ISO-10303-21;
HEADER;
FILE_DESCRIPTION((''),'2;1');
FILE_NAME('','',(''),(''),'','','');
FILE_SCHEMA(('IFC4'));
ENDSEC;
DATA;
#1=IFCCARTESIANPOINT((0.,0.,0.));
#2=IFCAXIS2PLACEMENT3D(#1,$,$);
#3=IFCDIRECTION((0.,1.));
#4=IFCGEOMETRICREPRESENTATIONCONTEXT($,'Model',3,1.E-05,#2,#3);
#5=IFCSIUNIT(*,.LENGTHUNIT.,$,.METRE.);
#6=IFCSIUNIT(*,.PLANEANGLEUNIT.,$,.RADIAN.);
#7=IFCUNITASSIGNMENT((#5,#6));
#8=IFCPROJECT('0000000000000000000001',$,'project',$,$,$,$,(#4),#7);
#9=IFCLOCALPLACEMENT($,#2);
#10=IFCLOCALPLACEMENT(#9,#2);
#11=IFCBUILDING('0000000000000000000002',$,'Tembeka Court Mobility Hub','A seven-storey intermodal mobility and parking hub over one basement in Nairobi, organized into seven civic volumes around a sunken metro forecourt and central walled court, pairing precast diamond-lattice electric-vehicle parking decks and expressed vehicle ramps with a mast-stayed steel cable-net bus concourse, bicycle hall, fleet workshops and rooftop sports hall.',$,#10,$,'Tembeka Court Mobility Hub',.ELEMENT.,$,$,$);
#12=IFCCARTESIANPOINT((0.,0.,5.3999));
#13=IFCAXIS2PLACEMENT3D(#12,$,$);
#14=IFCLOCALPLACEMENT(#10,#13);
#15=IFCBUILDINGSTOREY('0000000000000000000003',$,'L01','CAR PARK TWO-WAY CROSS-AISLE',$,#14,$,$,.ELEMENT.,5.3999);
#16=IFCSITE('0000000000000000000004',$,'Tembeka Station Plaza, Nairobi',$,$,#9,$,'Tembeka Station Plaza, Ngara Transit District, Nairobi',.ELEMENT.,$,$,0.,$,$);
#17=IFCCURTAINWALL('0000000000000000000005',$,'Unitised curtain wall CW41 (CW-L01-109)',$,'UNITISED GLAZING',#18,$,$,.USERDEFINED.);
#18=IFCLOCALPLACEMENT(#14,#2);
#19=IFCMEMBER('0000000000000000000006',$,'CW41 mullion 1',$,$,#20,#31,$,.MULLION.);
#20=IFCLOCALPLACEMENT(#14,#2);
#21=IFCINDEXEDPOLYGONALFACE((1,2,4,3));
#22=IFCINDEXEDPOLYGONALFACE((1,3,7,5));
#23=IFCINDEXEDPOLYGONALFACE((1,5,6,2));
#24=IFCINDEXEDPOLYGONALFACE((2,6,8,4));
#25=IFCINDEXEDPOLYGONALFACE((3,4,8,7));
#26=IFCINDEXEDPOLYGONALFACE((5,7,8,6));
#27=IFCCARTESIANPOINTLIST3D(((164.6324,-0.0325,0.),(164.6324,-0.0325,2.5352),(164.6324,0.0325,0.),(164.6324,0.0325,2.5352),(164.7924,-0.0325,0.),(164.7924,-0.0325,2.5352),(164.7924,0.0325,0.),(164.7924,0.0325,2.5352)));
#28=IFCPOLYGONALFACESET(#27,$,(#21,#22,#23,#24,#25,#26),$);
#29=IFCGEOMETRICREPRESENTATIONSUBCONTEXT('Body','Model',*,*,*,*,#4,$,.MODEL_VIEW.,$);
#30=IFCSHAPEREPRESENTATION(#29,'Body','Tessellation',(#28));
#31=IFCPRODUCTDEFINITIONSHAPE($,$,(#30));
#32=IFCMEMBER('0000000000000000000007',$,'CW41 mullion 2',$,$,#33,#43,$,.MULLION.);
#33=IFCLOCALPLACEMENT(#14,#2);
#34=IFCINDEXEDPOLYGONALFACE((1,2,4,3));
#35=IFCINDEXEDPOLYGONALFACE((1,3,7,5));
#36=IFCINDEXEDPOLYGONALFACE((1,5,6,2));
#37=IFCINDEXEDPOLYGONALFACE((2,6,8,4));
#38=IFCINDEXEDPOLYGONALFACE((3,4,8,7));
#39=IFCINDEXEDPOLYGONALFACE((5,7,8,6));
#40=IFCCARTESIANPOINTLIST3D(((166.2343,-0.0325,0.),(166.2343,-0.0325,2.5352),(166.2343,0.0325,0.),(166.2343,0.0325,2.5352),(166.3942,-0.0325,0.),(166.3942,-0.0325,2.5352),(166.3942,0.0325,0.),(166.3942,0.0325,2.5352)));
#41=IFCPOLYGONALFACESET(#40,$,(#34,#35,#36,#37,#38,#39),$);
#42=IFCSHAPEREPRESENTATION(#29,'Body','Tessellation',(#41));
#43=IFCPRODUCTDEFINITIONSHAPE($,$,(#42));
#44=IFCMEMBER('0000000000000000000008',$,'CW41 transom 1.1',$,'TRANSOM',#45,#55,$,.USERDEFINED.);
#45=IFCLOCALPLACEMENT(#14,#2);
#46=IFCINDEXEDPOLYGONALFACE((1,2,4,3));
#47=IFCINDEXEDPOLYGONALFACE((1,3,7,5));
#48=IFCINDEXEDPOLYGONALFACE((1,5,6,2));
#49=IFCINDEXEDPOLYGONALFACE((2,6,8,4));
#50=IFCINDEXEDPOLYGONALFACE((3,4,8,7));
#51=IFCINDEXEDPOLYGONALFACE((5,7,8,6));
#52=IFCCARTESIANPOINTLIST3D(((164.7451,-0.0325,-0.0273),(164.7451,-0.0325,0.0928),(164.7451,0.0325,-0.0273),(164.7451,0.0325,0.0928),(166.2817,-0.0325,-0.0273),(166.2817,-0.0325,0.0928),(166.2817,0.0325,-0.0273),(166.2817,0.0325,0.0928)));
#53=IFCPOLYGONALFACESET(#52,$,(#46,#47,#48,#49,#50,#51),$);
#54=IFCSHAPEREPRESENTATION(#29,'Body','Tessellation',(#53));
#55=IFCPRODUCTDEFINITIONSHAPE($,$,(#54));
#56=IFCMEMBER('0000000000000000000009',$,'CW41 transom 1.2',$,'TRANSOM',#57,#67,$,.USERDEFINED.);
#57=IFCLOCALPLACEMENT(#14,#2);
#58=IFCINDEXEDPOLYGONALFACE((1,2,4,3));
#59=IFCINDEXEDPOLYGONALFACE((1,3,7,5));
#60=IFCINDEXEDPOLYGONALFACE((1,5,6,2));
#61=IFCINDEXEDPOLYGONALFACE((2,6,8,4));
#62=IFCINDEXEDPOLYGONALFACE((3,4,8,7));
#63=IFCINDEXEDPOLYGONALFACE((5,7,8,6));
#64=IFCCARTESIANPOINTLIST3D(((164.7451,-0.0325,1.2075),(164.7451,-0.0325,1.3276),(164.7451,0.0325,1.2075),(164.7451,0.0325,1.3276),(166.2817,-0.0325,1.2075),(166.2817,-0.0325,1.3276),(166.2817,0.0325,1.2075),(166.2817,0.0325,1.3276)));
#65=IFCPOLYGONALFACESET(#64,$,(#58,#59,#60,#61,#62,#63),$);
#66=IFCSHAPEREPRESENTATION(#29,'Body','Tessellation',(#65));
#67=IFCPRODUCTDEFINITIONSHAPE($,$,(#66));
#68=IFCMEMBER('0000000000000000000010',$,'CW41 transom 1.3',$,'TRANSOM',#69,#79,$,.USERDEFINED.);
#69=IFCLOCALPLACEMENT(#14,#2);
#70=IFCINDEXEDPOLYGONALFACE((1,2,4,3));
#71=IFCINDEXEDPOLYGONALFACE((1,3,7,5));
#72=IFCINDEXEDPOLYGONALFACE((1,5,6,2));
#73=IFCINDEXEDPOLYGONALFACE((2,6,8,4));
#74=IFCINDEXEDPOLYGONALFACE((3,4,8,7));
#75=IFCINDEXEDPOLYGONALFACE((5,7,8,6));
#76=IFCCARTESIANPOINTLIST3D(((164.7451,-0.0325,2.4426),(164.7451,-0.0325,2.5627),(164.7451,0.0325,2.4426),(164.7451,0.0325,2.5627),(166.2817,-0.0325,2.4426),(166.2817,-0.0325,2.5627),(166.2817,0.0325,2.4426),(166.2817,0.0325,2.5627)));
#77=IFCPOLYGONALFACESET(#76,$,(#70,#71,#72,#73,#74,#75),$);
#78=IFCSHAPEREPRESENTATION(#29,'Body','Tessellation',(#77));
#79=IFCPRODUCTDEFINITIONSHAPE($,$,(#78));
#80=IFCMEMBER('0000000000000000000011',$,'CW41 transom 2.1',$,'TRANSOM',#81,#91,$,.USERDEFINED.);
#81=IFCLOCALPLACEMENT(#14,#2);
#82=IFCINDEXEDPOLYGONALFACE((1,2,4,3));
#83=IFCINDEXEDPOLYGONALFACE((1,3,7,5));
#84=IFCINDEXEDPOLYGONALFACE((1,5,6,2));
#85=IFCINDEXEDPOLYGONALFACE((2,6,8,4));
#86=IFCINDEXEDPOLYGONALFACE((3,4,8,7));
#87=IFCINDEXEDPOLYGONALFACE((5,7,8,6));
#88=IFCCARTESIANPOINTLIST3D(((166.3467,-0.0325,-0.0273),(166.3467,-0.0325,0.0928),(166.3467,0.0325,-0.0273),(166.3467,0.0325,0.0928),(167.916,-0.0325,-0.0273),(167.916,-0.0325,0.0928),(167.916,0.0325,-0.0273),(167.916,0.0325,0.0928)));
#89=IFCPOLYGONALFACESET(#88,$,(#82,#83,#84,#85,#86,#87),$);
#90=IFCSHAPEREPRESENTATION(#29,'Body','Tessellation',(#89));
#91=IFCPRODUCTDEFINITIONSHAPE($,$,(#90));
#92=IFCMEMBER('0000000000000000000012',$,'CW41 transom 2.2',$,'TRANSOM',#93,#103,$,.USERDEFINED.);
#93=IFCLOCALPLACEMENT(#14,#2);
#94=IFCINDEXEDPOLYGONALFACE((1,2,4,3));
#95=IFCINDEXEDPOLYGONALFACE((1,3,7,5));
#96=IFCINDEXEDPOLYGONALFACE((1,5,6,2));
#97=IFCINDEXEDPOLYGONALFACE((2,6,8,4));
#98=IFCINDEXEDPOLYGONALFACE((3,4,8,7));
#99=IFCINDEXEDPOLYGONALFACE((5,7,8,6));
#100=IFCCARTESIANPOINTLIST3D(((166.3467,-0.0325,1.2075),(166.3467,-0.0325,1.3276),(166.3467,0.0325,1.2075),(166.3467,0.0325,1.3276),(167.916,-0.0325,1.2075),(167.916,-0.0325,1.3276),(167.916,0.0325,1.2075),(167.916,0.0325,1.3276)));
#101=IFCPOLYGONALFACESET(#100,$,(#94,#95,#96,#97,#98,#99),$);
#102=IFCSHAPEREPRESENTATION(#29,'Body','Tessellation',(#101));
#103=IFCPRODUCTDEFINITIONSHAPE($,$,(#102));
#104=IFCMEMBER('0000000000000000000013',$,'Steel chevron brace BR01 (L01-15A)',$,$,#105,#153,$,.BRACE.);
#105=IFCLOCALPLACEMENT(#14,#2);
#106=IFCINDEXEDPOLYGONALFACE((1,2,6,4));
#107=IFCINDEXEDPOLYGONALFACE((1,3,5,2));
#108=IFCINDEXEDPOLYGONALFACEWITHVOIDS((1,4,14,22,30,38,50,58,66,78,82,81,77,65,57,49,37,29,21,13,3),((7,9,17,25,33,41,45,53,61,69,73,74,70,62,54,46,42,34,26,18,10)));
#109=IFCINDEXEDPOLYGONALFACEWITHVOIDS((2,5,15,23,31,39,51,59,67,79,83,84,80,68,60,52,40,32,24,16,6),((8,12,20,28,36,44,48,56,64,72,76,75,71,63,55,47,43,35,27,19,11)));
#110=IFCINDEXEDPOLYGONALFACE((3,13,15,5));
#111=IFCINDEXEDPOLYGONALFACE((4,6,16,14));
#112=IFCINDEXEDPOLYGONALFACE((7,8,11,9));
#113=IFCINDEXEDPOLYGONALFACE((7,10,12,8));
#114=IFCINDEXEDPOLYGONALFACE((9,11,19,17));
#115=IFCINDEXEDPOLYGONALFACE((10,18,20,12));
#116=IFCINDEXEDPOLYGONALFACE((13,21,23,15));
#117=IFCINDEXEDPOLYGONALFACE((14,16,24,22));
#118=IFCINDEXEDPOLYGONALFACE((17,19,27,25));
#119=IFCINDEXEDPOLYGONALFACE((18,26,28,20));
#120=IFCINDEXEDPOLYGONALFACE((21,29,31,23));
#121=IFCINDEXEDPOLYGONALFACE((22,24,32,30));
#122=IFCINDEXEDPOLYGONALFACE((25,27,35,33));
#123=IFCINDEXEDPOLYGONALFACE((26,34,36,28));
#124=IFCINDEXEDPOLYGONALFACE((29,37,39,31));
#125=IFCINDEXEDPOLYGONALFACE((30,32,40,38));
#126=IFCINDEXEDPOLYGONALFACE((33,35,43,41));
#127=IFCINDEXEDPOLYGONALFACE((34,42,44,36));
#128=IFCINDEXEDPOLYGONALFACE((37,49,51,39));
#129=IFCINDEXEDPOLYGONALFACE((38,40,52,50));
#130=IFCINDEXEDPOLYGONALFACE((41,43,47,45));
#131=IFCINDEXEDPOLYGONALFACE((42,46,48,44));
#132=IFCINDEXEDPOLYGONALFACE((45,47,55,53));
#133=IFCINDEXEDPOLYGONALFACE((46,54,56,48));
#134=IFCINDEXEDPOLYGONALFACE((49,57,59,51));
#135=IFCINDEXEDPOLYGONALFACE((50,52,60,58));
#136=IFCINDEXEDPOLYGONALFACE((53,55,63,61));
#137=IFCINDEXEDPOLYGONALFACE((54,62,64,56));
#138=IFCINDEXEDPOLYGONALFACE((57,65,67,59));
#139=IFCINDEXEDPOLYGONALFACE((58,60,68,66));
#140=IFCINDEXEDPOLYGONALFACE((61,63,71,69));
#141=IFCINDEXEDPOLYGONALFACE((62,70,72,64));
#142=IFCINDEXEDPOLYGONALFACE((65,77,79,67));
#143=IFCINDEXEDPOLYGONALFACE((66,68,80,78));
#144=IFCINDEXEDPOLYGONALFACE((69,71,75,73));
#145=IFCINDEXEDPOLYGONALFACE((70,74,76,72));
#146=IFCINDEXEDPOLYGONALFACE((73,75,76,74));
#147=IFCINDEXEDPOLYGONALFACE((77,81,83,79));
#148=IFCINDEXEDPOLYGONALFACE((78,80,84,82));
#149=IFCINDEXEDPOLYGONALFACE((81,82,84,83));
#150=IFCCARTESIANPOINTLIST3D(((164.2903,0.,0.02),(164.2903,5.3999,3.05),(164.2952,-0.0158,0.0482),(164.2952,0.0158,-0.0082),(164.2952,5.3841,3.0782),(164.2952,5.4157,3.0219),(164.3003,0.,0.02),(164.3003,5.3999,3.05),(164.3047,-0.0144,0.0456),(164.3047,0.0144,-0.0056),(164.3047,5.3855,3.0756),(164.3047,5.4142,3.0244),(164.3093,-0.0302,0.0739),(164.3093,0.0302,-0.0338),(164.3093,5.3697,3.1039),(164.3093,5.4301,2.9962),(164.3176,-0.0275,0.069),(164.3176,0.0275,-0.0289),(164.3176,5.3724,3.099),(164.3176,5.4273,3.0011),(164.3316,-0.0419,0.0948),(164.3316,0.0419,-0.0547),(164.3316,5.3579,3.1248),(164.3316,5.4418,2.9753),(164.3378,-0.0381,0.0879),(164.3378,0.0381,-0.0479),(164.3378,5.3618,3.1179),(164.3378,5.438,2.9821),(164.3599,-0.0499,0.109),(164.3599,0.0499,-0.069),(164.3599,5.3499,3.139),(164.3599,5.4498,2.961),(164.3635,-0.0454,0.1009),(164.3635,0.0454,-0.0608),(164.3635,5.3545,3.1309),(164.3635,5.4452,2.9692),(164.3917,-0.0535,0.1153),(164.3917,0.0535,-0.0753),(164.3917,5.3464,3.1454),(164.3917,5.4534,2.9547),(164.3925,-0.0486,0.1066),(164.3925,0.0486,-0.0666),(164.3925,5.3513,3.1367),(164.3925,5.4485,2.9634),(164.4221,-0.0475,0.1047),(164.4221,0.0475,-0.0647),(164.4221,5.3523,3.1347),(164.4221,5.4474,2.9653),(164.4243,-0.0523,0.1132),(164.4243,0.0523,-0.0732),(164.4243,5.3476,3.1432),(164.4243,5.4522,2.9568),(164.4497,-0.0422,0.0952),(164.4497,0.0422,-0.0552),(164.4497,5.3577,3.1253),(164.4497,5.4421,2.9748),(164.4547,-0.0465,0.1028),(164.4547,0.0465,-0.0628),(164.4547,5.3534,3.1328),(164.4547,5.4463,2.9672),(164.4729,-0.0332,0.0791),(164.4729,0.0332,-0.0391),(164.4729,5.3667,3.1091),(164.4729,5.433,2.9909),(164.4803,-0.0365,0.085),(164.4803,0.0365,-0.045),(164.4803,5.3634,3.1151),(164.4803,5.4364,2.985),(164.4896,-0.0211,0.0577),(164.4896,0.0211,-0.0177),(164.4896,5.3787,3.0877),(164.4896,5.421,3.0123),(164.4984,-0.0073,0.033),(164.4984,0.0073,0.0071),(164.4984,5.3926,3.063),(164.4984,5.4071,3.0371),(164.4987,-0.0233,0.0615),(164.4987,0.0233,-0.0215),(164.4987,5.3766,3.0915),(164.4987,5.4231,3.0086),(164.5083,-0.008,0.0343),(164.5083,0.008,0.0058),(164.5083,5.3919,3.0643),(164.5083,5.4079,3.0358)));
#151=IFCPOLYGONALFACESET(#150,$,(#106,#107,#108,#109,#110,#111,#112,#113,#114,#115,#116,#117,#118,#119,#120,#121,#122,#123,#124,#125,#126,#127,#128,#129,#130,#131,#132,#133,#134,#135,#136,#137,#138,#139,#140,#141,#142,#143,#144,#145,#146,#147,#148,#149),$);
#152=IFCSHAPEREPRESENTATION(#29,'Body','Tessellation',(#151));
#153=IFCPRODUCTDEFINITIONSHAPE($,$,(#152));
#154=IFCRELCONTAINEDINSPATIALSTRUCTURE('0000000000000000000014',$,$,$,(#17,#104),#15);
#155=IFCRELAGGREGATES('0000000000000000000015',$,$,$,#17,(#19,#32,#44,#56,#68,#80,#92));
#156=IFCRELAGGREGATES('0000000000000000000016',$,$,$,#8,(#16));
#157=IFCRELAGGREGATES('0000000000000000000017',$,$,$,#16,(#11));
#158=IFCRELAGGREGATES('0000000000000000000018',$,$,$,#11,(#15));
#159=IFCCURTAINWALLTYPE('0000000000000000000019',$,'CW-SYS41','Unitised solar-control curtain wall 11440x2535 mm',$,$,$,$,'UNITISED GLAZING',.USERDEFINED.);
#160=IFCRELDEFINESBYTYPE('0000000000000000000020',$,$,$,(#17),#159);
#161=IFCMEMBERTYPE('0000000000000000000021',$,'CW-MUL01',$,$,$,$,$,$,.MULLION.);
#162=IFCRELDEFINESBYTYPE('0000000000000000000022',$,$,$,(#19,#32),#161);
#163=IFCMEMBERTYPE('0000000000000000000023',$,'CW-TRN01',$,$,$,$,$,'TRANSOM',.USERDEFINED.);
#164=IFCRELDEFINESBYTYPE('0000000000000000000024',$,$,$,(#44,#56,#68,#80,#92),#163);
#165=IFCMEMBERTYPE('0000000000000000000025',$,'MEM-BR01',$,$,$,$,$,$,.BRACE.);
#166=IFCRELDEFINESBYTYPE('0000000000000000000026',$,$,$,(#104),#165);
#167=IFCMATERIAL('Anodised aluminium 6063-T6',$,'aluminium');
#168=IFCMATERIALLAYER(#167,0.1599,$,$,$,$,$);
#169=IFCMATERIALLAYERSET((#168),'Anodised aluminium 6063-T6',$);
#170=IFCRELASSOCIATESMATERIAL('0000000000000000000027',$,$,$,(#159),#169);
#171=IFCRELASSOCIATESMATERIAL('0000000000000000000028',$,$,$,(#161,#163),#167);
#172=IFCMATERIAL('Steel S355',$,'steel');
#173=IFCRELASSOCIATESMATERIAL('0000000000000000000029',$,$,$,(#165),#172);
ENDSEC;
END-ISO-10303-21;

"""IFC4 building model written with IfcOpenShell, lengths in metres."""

from ifc_helpers import new_model, si_unit, direction, frame, origin, origin_2d, place, context, subcontext, project, spatial, rectangle, hollow_circle, extrude, material, layer, layer_set, material_profile, profile_set, type_object, element, aggregate, save


model = new_model("IFC4")

# Units and contexts
model_context = context("Model", 3, precision=1e-05, world=origin(), true_north=direction((0.0, 1.0)))
body_context = subcontext(model_context, "Body", "Model", "MODEL_VIEW")
ifc_project = project(units=[si_unit("LENGTHUNIT", "METRE"), si_unit("PLANEANGLEUNIT", "RADIAN")], contexts=[model_context])

# Site, building, storey
site_placement = place(None, origin())
site = spatial("IfcSite", under=ifc_project, at=site_placement, Name="Tembeka Station Plaza, Nairobi", LongName="Tembeka Station Plaza, Ngara Transit District, Nairobi", CompositionType="ELEMENT", RefElevation=0.0)
building_placement = place(site_placement, origin())
building = spatial("IfcBuilding", under=site, at=building_placement, Name="Tembeka Court Mobility Hub", Description="A seven-storey intermodal mobility and parking hub over one basement in Nairobi, organized into seven civic volumes around a sunken metro forecourt and central walled court, pairing precast diamond-lattice electric-vehicle parking decks and expressed vehicle ramps with a mast-stayed steel cable-net bus concourse, bicycle hall, fleet workshops and rooftop sports hall.", LongName="Tembeka Court Mobility Hub", CompositionType="ELEMENT")
storey_placement = place(building_placement, frame((0.0, 0.0, 5.3999)))
storey = spatial("IfcBuildingStorey", under=building, at=storey_placement, Name="L01", Description="CAR PARK TWO-WAY CROSS-AISLE", CompositionType="ELEMENT", Elevation=5.3999)

# Shared definitions
ifc_material_1 = material(Name="Steel S355", Category="steel")

# Curtain wall, members
ifc_material_2 = material(Name="Anodised aluminium 6063-T6", Category="aluminium")
ifc_layer_1 = layer(ifc_material_2, 0.1599)
ifc_layer_set_1 = layer_set([ifc_layer_1], Name="Anodised aluminium 6063-T6")
curtain_wall_type = type_object("IfcCurtainWallType", Name="CW-SYS41", Description="Unitised solar-control curtain wall 11440x2535 mm", ElementType="UNITISED GLAZING", PredefinedType="USERDEFINED", material=ifc_layer_set_1)
curtain_wall_placement = place(storey_placement, origin())
curtain_wall = element("IfcCurtainWall", 1, at=curtain_wall_placement, inside=storey, type_object=curtain_wall_type, Name="Unitised curtain wall CW41 (CW-L01-109)", ObjectType="UNITISED GLAZING", PredefinedType="USERDEFINED")
ifc_material_profile_1 = material_profile(ifc_material_2, rectangle(XDim=0.0649, YDim=0.1599, at=origin_2d()), Name="ALU-MUL 65x160")
ifc_profile_set_1 = profile_set([ifc_material_profile_1], Name="Anodised aluminium 6063-T6")
member_type_1 = type_object("IfcMemberType", Name="CW-MUL01", PredefinedType="MULLION", material=ifc_profile_set_1)
member_1_placement = place(storey_placement, frame((164.7124, 0.0, 0.0), z_axis=(0.0, 0.0, 1.0), x_axis=(0.0, 1.0, 0.0)))
member_1 = element("IfcMember", 2, at=member_1_placement, type_object=member_type_1, Name="CW41 mullion 1", PredefinedType="MULLION", context=body_context, shape_type="SweptSolid", body=[
    extrude(rectangle(XDim=0.0649, YDim=0.1599, at=origin_2d()), origin(), (0.0, 0.0, 1.0), 2.5352),
])
member_2_placement = place(storey_placement, frame((166.3142, 0.0, 0.0), z_axis=(0.0, 0.0, 1.0), x_axis=(0.0, 1.0, 0.0)))
member_2 = element("IfcMember", 3, at=member_2_placement, type_object=member_type_1, Name="CW41 mullion 2", PredefinedType="MULLION", context=body_context, shape_type="SweptSolid", body=[
    extrude(rectangle(XDim=0.0649, YDim=0.1599, at=origin_2d()), origin(), (0.0, 0.0, 1.0), 2.5352),
])
ifc_material_profile_2 = material_profile(ifc_material_2, rectangle(XDim=0.0649, YDim=0.1201, at=origin_2d()), Name="ALU-TRN 65x120")
ifc_profile_set_2 = profile_set([ifc_material_profile_2], Name="Anodised aluminium 6063-T6")
member_type_2 = type_object("IfcMemberType", Name="CW-TRN01", ElementType="TRANSOM", PredefinedType="USERDEFINED", material=ifc_profile_set_2)
member_3_placement = place(storey_placement, frame((164.7451, 0.0, 0.0327), z_axis=(1.0, 0.0, 0.0), x_axis=(0.0, 1.0, 0.0)))
member_3 = element("IfcMember", 4, at=member_3_placement, type_object=member_type_2, Name="CW41 transom 1.1", ObjectType="TRANSOM", PredefinedType="USERDEFINED", context=body_context, shape_type="SweptSolid", body=[
    extrude(rectangle(XDim=0.0649, YDim=0.1201, at=origin_2d()), origin(), (0.0, 0.0, 1.0), 1.5366),
])
member_4_placement = place(storey_placement, frame((164.7451, 0.0, 1.2676), z_axis=(1.0, 0.0, 0.0), x_axis=(0.0, 1.0, 0.0)))
member_4 = element("IfcMember", 5, at=member_4_placement, type_object=member_type_2, Name="CW41 transom 1.2", ObjectType="TRANSOM", PredefinedType="USERDEFINED", context=body_context, shape_type="SweptSolid", body=[
    extrude(rectangle(XDim=0.0649, YDim=0.1201, at=origin_2d()), origin(), (0.0, 0.0, 1.0), 1.5366),
])
member_5_placement = place(storey_placement, frame((164.7451, 0.0, 2.5027), z_axis=(1.0, 0.0, 0.0), x_axis=(0.0, 1.0, 0.0)))
member_5 = element("IfcMember", 6, at=member_5_placement, type_object=member_type_2, Name="CW41 transom 1.3", ObjectType="TRANSOM", PredefinedType="USERDEFINED", context=body_context, shape_type="SweptSolid", body=[
    extrude(rectangle(XDim=0.0649, YDim=0.1201, at=origin_2d()), origin(), (0.0, 0.0, 1.0), 1.5366),
])
member_6_placement = place(storey_placement, frame((166.3467, 0.0, 0.0327), z_axis=(1.0, 0.0, 0.0), x_axis=(0.0, 1.0, 0.0)))
member_6 = element("IfcMember", 7, at=member_6_placement, type_object=member_type_2, Name="CW41 transom 2.1", ObjectType="TRANSOM", PredefinedType="USERDEFINED", context=body_context, shape_type="SweptSolid", body=[
    extrude(rectangle(XDim=0.0649, YDim=0.1201, at=origin_2d()), origin(), (0.0, 0.0, 1.0), 1.5693),
])
member_7_placement = place(storey_placement, frame((166.3467, 0.0, 1.2676), z_axis=(1.0, 0.0, 0.0), x_axis=(0.0, 1.0, 0.0)))
member_7 = element("IfcMember", 8, at=member_7_placement, type_object=member_type_2, Name="CW41 transom 2.2", ObjectType="TRANSOM", PredefinedType="USERDEFINED", context=body_context, shape_type="SweptSolid", body=[
    extrude(rectangle(XDim=0.0649, YDim=0.1201, at=origin_2d()), origin(), (0.0, 0.0, 1.0), 1.5693),
])

# Member
ifc_material_profile_3 = material_profile(ifc_material_1, hollow_circle(Radius=0.1096, WallThickness=0.01, at=origin_2d()), Name="CHS 219.1x10")
ifc_profile_set_3 = profile_set([ifc_material_profile_3], Name="Steel S355")
member_type_3 = type_object("IfcMemberType", Name="MEM-BR01", PredefinedType="BRACE", material=ifc_profile_set_3)
member_8_placement = place(storey_placement, frame((164.3999, 0.0, 0.02), z_axis=(0.0, 0.872087, 0.489351), x_axis=(-1.0, 0.0, 0.0)))
element("IfcMember", 9, at=member_8_placement, inside=storey, type_object=member_type_3, Name="Steel chevron brace BR01 (L01-15A)", PredefinedType="BRACE", context=body_context, shape_type="SweptSolid", body=[
    extrude(hollow_circle(Radius=0.1096, WallThickness=0.01, at=origin_2d()), origin(), (0.0, 0.0, 1.0), 6.1919),
])

aggregate(curtain_wall, [member_1, member_2, member_3, member_4, member_5, member_6, member_7])

save(model, "model.ifc")
